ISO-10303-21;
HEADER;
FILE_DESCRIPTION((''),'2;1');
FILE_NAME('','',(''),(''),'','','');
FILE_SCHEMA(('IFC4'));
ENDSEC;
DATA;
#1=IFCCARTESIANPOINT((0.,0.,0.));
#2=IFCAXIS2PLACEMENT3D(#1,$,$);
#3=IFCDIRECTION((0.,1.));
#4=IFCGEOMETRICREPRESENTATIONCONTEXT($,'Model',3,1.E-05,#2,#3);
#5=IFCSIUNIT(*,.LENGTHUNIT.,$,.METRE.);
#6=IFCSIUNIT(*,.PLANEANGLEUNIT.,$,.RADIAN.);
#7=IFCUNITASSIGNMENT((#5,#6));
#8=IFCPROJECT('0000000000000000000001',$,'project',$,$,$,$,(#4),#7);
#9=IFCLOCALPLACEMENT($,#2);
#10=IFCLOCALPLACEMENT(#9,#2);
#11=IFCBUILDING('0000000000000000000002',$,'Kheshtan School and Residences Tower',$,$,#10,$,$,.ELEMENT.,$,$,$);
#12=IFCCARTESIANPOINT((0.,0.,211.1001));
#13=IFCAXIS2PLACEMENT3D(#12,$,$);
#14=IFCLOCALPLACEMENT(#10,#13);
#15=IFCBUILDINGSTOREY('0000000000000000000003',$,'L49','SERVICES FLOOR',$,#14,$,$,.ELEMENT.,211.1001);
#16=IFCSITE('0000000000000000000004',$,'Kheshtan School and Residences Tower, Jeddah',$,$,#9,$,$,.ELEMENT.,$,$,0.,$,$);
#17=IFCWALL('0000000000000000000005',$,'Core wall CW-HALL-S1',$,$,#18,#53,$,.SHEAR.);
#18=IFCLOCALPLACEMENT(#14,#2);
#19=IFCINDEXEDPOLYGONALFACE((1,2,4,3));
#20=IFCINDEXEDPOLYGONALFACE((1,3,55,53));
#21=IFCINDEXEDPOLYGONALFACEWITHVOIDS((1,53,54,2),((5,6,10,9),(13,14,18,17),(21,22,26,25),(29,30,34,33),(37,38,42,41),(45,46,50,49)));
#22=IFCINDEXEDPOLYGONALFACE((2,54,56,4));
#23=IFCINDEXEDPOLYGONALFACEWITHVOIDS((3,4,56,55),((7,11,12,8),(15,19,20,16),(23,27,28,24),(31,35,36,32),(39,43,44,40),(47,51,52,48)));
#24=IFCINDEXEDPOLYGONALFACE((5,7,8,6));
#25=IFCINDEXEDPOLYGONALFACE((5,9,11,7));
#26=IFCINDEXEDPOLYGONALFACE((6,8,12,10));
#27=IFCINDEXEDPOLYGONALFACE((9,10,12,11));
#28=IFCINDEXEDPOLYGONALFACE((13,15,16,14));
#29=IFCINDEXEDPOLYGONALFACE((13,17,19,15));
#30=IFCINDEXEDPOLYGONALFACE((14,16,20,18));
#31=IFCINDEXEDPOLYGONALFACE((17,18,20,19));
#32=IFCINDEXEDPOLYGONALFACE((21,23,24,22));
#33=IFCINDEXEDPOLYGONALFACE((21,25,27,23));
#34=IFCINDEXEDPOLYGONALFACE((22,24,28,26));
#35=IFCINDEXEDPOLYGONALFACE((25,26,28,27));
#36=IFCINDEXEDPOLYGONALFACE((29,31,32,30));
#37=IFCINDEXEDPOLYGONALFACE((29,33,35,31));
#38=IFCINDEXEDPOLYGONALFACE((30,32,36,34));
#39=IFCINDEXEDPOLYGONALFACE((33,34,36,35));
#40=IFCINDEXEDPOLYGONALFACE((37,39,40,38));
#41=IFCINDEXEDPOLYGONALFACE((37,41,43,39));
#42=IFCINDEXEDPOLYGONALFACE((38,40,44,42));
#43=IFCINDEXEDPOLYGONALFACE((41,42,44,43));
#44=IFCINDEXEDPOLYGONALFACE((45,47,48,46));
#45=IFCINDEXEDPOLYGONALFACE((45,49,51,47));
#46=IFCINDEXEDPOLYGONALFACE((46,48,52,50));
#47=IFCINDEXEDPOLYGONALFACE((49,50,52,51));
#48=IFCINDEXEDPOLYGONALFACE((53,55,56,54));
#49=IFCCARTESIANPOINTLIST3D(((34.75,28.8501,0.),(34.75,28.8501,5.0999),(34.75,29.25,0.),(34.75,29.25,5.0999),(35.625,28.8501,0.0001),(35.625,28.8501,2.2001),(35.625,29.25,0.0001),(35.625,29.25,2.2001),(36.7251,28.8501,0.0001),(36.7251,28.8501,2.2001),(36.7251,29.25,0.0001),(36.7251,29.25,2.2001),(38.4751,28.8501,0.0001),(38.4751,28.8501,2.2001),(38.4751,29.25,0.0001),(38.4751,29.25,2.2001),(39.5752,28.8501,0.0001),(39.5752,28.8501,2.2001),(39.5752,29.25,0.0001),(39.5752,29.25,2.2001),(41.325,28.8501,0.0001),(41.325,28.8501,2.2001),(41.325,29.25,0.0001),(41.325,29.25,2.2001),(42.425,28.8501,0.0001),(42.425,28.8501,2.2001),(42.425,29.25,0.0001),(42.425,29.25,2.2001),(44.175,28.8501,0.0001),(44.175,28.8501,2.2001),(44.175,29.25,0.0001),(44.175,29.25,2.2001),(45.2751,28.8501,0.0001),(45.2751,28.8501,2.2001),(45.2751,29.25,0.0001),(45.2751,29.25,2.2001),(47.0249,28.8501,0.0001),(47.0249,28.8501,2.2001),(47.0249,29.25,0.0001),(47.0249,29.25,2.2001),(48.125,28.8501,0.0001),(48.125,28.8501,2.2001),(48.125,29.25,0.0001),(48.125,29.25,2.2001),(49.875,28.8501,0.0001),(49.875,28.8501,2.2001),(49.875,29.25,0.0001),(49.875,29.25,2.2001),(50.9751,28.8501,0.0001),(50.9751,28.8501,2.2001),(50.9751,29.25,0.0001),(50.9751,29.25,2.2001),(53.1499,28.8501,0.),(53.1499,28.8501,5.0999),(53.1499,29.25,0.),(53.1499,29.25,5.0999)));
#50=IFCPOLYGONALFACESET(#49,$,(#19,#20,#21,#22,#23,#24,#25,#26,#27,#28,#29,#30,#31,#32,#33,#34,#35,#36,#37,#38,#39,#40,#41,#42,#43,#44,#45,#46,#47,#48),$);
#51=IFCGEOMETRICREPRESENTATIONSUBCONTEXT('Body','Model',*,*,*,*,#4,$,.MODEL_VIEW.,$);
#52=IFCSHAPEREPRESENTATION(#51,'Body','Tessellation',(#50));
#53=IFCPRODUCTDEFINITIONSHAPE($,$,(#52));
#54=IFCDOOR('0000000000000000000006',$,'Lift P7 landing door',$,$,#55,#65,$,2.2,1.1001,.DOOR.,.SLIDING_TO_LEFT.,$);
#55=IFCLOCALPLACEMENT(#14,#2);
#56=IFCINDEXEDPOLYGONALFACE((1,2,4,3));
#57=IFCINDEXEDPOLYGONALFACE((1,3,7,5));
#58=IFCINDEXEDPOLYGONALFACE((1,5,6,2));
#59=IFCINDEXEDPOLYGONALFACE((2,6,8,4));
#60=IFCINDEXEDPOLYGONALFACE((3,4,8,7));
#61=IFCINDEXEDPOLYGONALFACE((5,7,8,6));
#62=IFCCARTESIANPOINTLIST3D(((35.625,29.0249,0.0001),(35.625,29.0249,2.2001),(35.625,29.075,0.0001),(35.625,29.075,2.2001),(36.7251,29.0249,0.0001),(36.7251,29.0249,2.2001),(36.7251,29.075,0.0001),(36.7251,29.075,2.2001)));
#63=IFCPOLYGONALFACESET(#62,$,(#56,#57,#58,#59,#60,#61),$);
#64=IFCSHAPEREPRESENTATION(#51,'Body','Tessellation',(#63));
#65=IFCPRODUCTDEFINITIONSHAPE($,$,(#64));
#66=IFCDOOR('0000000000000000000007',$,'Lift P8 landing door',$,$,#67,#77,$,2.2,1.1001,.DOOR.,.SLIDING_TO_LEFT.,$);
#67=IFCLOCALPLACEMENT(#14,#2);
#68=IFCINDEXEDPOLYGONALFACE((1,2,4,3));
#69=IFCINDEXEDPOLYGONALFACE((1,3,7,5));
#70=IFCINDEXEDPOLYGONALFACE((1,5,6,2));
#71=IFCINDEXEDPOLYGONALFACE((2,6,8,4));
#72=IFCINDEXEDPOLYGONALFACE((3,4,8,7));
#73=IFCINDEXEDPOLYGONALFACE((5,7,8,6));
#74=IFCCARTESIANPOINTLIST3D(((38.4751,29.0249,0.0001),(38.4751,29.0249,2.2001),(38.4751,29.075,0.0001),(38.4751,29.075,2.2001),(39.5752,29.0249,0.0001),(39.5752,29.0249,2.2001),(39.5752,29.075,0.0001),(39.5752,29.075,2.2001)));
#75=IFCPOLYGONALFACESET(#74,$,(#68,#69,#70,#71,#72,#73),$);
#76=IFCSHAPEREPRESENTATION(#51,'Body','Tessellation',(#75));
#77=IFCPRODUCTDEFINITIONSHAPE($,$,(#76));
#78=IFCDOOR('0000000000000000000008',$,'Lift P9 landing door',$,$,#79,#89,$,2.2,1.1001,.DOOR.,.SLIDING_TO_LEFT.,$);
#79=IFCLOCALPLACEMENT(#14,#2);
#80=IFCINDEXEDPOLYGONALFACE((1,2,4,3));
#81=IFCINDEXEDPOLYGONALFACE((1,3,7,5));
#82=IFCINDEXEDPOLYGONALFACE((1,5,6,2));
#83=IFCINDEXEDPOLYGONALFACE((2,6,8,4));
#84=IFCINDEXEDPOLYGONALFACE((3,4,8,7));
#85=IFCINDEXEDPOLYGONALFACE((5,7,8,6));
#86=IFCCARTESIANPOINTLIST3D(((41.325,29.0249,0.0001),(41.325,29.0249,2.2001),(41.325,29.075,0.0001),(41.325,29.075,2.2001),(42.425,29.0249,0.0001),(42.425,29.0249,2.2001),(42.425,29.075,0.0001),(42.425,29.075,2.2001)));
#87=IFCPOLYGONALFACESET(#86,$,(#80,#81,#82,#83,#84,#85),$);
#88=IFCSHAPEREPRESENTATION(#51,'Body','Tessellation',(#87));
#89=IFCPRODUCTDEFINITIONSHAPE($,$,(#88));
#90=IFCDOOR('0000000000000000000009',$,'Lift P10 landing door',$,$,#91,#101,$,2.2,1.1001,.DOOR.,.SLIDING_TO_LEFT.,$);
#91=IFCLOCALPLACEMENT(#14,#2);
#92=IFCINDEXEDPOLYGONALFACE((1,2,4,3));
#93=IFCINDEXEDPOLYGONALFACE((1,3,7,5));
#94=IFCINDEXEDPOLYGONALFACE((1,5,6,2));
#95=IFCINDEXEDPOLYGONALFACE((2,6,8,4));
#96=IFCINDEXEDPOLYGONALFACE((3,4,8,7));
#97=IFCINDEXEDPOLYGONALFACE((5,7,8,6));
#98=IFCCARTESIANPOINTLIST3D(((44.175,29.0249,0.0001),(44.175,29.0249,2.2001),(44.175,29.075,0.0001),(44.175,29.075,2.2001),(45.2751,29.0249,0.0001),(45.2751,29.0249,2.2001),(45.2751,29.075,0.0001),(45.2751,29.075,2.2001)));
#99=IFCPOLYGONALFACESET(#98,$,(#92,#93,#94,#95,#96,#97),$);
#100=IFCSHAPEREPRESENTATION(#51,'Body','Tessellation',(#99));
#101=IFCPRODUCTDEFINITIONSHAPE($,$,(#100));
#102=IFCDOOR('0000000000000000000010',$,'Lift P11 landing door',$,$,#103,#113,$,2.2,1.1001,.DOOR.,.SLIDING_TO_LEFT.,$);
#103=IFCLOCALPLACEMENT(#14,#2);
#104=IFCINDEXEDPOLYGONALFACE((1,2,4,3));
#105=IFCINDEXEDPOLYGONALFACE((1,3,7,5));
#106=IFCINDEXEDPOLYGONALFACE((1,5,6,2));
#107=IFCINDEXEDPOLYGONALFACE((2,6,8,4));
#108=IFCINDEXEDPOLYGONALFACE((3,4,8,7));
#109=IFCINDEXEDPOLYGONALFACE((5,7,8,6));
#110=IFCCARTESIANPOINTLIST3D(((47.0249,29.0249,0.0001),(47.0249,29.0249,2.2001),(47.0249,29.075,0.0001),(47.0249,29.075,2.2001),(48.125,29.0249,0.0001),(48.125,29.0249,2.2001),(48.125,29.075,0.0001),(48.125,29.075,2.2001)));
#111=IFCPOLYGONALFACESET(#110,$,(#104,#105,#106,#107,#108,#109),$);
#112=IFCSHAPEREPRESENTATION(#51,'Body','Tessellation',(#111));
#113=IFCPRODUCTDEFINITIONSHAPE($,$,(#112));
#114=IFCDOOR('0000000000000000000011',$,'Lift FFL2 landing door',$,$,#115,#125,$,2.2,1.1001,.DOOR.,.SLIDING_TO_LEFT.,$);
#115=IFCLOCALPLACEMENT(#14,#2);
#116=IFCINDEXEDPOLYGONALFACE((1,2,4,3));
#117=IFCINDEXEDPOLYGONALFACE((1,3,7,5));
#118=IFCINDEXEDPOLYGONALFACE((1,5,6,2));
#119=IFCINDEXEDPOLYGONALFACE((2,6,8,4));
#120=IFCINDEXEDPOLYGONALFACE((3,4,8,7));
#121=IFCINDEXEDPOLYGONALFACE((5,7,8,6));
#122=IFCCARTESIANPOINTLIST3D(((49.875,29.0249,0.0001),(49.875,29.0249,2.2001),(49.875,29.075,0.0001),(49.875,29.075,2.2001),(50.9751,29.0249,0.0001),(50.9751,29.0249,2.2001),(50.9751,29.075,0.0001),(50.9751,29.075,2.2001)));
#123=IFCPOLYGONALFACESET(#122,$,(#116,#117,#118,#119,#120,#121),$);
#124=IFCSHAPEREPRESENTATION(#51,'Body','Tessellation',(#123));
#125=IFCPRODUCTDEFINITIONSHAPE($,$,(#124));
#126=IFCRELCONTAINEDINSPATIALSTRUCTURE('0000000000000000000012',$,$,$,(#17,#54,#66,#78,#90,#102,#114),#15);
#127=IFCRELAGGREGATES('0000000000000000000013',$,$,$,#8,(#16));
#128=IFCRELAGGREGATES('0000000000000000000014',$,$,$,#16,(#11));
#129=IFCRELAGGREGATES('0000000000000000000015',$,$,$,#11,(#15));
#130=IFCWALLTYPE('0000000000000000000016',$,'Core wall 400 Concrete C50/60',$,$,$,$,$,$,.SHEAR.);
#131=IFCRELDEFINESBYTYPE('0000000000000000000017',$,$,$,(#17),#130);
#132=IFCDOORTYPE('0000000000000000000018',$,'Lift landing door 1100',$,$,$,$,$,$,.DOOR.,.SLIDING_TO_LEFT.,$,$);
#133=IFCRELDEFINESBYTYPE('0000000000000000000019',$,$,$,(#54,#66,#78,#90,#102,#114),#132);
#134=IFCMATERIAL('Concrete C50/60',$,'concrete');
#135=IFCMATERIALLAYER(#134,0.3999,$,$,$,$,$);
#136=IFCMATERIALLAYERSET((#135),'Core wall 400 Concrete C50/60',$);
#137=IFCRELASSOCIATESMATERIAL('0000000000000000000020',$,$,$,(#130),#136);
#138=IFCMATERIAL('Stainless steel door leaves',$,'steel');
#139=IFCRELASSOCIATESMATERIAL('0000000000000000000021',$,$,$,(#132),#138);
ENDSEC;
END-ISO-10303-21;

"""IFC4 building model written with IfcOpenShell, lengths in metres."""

from ifc_helpers import new_model, si_unit, direction, frame, frame_2d, origin, place, context, subcontext, project, spatial, rectangle, extrude, source, transform, mapped, material, layer, layer_set, type_object, element, fill, save


model = new_model("IFC4")

# Units and contexts
model_context = context("Model", 3, precision=1e-05, world=origin(), true_north=direction((0.0, 1.0)))
body_context = subcontext(model_context, "Body", "Model", "MODEL_VIEW")
ifc_project = project(units=[si_unit("LENGTHUNIT", "METRE"), si_unit("PLANEANGLEUNIT", "RADIAN")], contexts=[model_context])

# Site, building, storey
site_placement = place(None, origin())
site = spatial("IfcSite", under=ifc_project, at=site_placement, Name="Kheshtan School and Residences Tower, Jeddah", CompositionType="ELEMENT", RefElevation=0.0)
building_placement = place(site_placement, origin())
building = spatial("IfcBuilding", under=site, at=building_placement, Name="Kheshtan School and Residences Tower", CompositionType="ELEMENT")
storey_placement = place(building_placement, frame((0.0, 0.0, 211.1001)))
storey = spatial("IfcBuildingStorey", under=building, at=storey_placement, Name="L49", Description="SERVICES FLOOR", CompositionType="ELEMENT", Elevation=211.1001)

# Wall, openings, doors
ifc_material_1 = material(Name="Concrete C50/60", Category="concrete")
ifc_layer_1 = layer(ifc_material_1, 0.3999)
ifc_layer_set_1 = layer_set([ifc_layer_1], Name="Core wall 400 Concrete C50/60")
wall_type_1 = type_object("IfcWallType", Name="Core wall 400 Concrete C50/60", PredefinedType="SHEAR", material=ifc_layer_set_1)
wall_1_placement = place(storey_placement, frame((34.75, 29.05, 0.0), z_axis=(0.0, 0.0, 1.0), x_axis=(1.0, 0.0, 0.0)))
wall_1 = element("IfcWall", 1, at=wall_1_placement, inside=storey, type_object=wall_type_1, Name="Core wall CW-HALL-S1", PredefinedType="SHEAR", context=body_context, shape_type="SweptSolid", body=[
    extrude(rectangle(XDim=18.3999, YDim=0.3999, at=frame_2d((9.2, 0.0))), origin(), (0.0, 0.0, 1.0), 5.0999),
])
opening_1_placement = place(wall_1_placement, frame((0.875, 0.0, 0.0)))
opening_1 = element("IfcOpeningElement", 2, at=opening_1_placement, cuts=wall_1, PredefinedType="OPENING", context=body_context, shape_type="SweptSolid", body=[
    extrude(rectangle(XDim=1.1001, YDim=2.2, at=frame_2d((0.55, 1.1001))), frame((0.0, 0.21, 0.0), z_axis=(0.0, -1.0, 0.0), x_axis=(1.0, 0.0, 0.0)), (0.0, 0.0, 1.0), 0.4199),
])
opening_2_placement = place(wall_1_placement, frame((3.7251, 0.0, 0.0)))
opening_2 = element("IfcOpeningElement", 3, at=opening_2_placement, cuts=wall_1, PredefinedType="OPENING", context=body_context, shape_type="SweptSolid", body=[
    extrude(rectangle(XDim=1.1001, YDim=2.2, at=frame_2d((0.55, 1.1001))), frame((0.0, 0.21, 0.0), z_axis=(0.0, -1.0, 0.0), x_axis=(1.0, 0.0, 0.0)), (0.0, 0.0, 1.0), 0.4199),
])
opening_3_placement = place(wall_1_placement, frame((6.575, 0.0, 0.0)))
opening_3 = element("IfcOpeningElement", 4, at=opening_3_placement, cuts=wall_1, PredefinedType="OPENING", context=body_context, shape_type="SweptSolid", body=[
    extrude(rectangle(XDim=1.1001, YDim=2.2, at=frame_2d((0.55, 1.1001))), frame((0.0, 0.21, 0.0), z_axis=(0.0, -1.0, 0.0), x_axis=(1.0, 0.0, 0.0)), (0.0, 0.0, 1.0), 0.4199),
])
opening_4_placement = place(wall_1_placement, frame((9.425, 0.0, 0.0)))
opening_4 = element("IfcOpeningElement", 5, at=opening_4_placement, cuts=wall_1, PredefinedType="OPENING", context=body_context, shape_type="SweptSolid", body=[
    extrude(rectangle(XDim=1.1001, YDim=2.2, at=frame_2d((0.55, 1.1001))), frame((0.0, 0.21, 0.0), z_axis=(0.0, -1.0, 0.0), x_axis=(1.0, 0.0, 0.0)), (0.0, 0.0, 1.0), 0.4199),
])
opening_5_placement = place(wall_1_placement, frame((12.2749, 0.0, 0.0)))
opening_5 = element("IfcOpeningElement", 6, at=opening_5_placement, cuts=wall_1, PredefinedType="OPENING", context=body_context, shape_type="SweptSolid", body=[
    extrude(rectangle(XDim=1.1001, YDim=2.2, at=frame_2d((0.55, 1.1001))), frame((0.0, 0.21, 0.0), z_axis=(0.0, -1.0, 0.0), x_axis=(1.0, 0.0, 0.0)), (0.0, 0.0, 1.0), 0.4199),
])
opening_6_placement = place(wall_1_placement, frame((15.125, 0.0, 0.0)))
opening_6 = element("IfcOpeningElement", 7, at=opening_6_placement, cuts=wall_1, PredefinedType="OPENING", context=body_context, shape_type="SweptSolid", body=[
    extrude(rectangle(XDim=1.1001, YDim=2.2, at=frame_2d((0.55, 1.1001))), frame((0.0, 0.21, 0.0), z_axis=(0.0, -1.0, 0.0), x_axis=(1.0, 0.0, 0.0)), (0.0, 0.0, 1.0), 0.4199),
])
ifc_material_2 = material(Name="Stainless steel door leaves", Category="steel")
door_type_1 = type_object("IfcDoorType", Name="Lift landing door 1100", OperationType="SLIDING_TO_LEFT", PredefinedType="DOOR", material=ifc_material_2)
shared_shape_1 = source(origin(), body_context, "Body", "SweptSolid", [
    extrude(rectangle(XDim=1.1001, YDim=2.2, at=frame_2d((0.55, 1.1001))), frame((0.0, 0.0249, 0.0), z_axis=(0.0, -1.0, 0.0), x_axis=(1.0, 0.0, 0.0)), (0.0, 0.0, 1.0), 0.05),
])
door_1_placement = place(opening_1_placement, origin())
door_1 = element("IfcDoor", 8, at=door_1_placement, inside=storey, type_object=door_type_1, Name="Lift P7 landing door", OperationType="SLIDING_TO_LEFT", OverallHeight=2.2, OverallWidth=1.1001, PredefinedType="DOOR", context=body_context, shape_type="MappedRepresentation", body=[
    mapped(shared_shape_1, transform((0.0, 0.0, 0.0), x_axis=(1.0, 0.0, 0.0), y_axis=(0.0, 1.0, 0.0), z_axis=(0.0, 0.0, 1.0), scale=1.0)),
])
fill(opening_1, door_1)
door_2_placement = place(opening_2_placement, origin())
door_2 = element("IfcDoor", 9, at=door_2_placement, inside=storey, type_object=door_type_1, Name="Lift P8 landing door", OperationType="SLIDING_TO_LEFT", OverallHeight=2.2, OverallWidth=1.1001, PredefinedType="DOOR", context=body_context, shape_type="MappedRepresentation", body=[
    mapped(shared_shape_1, transform((0.0, 0.0, 0.0), x_axis=(1.0, 0.0, 0.0), y_axis=(0.0, 1.0, 0.0), z_axis=(0.0, 0.0, 1.0), scale=1.0)),
])
fill(opening_2, door_2)
door_3_placement = place(opening_3_placement, origin())
door_3 = element("IfcDoor", 10, at=door_3_placement, inside=storey, type_object=door_type_1, Name="Lift P9 landing door", OperationType="SLIDING_TO_LEFT", OverallHeight=2.2, OverallWidth=1.1001, PredefinedType="DOOR", context=body_context, shape_type="MappedRepresentation", body=[
    mapped(shared_shape_1, transform((0.0, 0.0, 0.0), x_axis=(1.0, 0.0, 0.0), y_axis=(0.0, 1.0, 0.0), z_axis=(0.0, 0.0, 1.0), scale=1.0)),
])
fill(opening_3, door_3)
door_4_placement = place(opening_4_placement, origin())
door_4 = element("IfcDoor", 11, at=door_4_placement, inside=storey, type_object=door_type_1, Name="Lift P10 landing door", OperationType="SLIDING_TO_LEFT", OverallHeight=2.2, OverallWidth=1.1001, PredefinedType="DOOR", context=body_context, shape_type="MappedRepresentation", body=[
    mapped(shared_shape_1, transform((0.0, 0.0, 0.0), x_axis=(1.0, 0.0, 0.0), y_axis=(0.0, 1.0, 0.0), z_axis=(0.0, 0.0, 1.0), scale=1.0)),
])
fill(opening_4, door_4)
door_5_placement = place(opening_5_placement, origin())
door_5 = element("IfcDoor", 12, at=door_5_placement, inside=storey, type_object=door_type_1, Name="Lift P11 landing door", OperationType="SLIDING_TO_LEFT", OverallHeight=2.2, OverallWidth=1.1001, PredefinedType="DOOR", context=body_context, shape_type="MappedRepresentation", body=[
    mapped(shared_shape_1, transform((0.0, 0.0, 0.0), x_axis=(1.0, 0.0, 0.0), y_axis=(0.0, 1.0, 0.0), z_axis=(0.0, 0.0, 1.0), scale=1.0)),
])
fill(opening_5, door_5)
door_6_placement = place(opening_6_placement, origin())
door_6 = element("IfcDoor", 13, at=door_6_placement, inside=storey, type_object=door_type_1, Name="Lift FFL2 landing door", OperationType="SLIDING_TO_LEFT", OverallHeight=2.2, OverallWidth=1.1001, PredefinedType="DOOR", context=body_context, shape_type="MappedRepresentation", body=[
    mapped(shared_shape_1, transform((0.0, 0.0, 0.0), x_axis=(1.0, 0.0, 0.0), y_axis=(0.0, 1.0, 0.0), z_axis=(0.0, 0.0, 1.0), scale=1.0)),
])
fill(opening_6, door_6)

save(model, "model.ifc")
